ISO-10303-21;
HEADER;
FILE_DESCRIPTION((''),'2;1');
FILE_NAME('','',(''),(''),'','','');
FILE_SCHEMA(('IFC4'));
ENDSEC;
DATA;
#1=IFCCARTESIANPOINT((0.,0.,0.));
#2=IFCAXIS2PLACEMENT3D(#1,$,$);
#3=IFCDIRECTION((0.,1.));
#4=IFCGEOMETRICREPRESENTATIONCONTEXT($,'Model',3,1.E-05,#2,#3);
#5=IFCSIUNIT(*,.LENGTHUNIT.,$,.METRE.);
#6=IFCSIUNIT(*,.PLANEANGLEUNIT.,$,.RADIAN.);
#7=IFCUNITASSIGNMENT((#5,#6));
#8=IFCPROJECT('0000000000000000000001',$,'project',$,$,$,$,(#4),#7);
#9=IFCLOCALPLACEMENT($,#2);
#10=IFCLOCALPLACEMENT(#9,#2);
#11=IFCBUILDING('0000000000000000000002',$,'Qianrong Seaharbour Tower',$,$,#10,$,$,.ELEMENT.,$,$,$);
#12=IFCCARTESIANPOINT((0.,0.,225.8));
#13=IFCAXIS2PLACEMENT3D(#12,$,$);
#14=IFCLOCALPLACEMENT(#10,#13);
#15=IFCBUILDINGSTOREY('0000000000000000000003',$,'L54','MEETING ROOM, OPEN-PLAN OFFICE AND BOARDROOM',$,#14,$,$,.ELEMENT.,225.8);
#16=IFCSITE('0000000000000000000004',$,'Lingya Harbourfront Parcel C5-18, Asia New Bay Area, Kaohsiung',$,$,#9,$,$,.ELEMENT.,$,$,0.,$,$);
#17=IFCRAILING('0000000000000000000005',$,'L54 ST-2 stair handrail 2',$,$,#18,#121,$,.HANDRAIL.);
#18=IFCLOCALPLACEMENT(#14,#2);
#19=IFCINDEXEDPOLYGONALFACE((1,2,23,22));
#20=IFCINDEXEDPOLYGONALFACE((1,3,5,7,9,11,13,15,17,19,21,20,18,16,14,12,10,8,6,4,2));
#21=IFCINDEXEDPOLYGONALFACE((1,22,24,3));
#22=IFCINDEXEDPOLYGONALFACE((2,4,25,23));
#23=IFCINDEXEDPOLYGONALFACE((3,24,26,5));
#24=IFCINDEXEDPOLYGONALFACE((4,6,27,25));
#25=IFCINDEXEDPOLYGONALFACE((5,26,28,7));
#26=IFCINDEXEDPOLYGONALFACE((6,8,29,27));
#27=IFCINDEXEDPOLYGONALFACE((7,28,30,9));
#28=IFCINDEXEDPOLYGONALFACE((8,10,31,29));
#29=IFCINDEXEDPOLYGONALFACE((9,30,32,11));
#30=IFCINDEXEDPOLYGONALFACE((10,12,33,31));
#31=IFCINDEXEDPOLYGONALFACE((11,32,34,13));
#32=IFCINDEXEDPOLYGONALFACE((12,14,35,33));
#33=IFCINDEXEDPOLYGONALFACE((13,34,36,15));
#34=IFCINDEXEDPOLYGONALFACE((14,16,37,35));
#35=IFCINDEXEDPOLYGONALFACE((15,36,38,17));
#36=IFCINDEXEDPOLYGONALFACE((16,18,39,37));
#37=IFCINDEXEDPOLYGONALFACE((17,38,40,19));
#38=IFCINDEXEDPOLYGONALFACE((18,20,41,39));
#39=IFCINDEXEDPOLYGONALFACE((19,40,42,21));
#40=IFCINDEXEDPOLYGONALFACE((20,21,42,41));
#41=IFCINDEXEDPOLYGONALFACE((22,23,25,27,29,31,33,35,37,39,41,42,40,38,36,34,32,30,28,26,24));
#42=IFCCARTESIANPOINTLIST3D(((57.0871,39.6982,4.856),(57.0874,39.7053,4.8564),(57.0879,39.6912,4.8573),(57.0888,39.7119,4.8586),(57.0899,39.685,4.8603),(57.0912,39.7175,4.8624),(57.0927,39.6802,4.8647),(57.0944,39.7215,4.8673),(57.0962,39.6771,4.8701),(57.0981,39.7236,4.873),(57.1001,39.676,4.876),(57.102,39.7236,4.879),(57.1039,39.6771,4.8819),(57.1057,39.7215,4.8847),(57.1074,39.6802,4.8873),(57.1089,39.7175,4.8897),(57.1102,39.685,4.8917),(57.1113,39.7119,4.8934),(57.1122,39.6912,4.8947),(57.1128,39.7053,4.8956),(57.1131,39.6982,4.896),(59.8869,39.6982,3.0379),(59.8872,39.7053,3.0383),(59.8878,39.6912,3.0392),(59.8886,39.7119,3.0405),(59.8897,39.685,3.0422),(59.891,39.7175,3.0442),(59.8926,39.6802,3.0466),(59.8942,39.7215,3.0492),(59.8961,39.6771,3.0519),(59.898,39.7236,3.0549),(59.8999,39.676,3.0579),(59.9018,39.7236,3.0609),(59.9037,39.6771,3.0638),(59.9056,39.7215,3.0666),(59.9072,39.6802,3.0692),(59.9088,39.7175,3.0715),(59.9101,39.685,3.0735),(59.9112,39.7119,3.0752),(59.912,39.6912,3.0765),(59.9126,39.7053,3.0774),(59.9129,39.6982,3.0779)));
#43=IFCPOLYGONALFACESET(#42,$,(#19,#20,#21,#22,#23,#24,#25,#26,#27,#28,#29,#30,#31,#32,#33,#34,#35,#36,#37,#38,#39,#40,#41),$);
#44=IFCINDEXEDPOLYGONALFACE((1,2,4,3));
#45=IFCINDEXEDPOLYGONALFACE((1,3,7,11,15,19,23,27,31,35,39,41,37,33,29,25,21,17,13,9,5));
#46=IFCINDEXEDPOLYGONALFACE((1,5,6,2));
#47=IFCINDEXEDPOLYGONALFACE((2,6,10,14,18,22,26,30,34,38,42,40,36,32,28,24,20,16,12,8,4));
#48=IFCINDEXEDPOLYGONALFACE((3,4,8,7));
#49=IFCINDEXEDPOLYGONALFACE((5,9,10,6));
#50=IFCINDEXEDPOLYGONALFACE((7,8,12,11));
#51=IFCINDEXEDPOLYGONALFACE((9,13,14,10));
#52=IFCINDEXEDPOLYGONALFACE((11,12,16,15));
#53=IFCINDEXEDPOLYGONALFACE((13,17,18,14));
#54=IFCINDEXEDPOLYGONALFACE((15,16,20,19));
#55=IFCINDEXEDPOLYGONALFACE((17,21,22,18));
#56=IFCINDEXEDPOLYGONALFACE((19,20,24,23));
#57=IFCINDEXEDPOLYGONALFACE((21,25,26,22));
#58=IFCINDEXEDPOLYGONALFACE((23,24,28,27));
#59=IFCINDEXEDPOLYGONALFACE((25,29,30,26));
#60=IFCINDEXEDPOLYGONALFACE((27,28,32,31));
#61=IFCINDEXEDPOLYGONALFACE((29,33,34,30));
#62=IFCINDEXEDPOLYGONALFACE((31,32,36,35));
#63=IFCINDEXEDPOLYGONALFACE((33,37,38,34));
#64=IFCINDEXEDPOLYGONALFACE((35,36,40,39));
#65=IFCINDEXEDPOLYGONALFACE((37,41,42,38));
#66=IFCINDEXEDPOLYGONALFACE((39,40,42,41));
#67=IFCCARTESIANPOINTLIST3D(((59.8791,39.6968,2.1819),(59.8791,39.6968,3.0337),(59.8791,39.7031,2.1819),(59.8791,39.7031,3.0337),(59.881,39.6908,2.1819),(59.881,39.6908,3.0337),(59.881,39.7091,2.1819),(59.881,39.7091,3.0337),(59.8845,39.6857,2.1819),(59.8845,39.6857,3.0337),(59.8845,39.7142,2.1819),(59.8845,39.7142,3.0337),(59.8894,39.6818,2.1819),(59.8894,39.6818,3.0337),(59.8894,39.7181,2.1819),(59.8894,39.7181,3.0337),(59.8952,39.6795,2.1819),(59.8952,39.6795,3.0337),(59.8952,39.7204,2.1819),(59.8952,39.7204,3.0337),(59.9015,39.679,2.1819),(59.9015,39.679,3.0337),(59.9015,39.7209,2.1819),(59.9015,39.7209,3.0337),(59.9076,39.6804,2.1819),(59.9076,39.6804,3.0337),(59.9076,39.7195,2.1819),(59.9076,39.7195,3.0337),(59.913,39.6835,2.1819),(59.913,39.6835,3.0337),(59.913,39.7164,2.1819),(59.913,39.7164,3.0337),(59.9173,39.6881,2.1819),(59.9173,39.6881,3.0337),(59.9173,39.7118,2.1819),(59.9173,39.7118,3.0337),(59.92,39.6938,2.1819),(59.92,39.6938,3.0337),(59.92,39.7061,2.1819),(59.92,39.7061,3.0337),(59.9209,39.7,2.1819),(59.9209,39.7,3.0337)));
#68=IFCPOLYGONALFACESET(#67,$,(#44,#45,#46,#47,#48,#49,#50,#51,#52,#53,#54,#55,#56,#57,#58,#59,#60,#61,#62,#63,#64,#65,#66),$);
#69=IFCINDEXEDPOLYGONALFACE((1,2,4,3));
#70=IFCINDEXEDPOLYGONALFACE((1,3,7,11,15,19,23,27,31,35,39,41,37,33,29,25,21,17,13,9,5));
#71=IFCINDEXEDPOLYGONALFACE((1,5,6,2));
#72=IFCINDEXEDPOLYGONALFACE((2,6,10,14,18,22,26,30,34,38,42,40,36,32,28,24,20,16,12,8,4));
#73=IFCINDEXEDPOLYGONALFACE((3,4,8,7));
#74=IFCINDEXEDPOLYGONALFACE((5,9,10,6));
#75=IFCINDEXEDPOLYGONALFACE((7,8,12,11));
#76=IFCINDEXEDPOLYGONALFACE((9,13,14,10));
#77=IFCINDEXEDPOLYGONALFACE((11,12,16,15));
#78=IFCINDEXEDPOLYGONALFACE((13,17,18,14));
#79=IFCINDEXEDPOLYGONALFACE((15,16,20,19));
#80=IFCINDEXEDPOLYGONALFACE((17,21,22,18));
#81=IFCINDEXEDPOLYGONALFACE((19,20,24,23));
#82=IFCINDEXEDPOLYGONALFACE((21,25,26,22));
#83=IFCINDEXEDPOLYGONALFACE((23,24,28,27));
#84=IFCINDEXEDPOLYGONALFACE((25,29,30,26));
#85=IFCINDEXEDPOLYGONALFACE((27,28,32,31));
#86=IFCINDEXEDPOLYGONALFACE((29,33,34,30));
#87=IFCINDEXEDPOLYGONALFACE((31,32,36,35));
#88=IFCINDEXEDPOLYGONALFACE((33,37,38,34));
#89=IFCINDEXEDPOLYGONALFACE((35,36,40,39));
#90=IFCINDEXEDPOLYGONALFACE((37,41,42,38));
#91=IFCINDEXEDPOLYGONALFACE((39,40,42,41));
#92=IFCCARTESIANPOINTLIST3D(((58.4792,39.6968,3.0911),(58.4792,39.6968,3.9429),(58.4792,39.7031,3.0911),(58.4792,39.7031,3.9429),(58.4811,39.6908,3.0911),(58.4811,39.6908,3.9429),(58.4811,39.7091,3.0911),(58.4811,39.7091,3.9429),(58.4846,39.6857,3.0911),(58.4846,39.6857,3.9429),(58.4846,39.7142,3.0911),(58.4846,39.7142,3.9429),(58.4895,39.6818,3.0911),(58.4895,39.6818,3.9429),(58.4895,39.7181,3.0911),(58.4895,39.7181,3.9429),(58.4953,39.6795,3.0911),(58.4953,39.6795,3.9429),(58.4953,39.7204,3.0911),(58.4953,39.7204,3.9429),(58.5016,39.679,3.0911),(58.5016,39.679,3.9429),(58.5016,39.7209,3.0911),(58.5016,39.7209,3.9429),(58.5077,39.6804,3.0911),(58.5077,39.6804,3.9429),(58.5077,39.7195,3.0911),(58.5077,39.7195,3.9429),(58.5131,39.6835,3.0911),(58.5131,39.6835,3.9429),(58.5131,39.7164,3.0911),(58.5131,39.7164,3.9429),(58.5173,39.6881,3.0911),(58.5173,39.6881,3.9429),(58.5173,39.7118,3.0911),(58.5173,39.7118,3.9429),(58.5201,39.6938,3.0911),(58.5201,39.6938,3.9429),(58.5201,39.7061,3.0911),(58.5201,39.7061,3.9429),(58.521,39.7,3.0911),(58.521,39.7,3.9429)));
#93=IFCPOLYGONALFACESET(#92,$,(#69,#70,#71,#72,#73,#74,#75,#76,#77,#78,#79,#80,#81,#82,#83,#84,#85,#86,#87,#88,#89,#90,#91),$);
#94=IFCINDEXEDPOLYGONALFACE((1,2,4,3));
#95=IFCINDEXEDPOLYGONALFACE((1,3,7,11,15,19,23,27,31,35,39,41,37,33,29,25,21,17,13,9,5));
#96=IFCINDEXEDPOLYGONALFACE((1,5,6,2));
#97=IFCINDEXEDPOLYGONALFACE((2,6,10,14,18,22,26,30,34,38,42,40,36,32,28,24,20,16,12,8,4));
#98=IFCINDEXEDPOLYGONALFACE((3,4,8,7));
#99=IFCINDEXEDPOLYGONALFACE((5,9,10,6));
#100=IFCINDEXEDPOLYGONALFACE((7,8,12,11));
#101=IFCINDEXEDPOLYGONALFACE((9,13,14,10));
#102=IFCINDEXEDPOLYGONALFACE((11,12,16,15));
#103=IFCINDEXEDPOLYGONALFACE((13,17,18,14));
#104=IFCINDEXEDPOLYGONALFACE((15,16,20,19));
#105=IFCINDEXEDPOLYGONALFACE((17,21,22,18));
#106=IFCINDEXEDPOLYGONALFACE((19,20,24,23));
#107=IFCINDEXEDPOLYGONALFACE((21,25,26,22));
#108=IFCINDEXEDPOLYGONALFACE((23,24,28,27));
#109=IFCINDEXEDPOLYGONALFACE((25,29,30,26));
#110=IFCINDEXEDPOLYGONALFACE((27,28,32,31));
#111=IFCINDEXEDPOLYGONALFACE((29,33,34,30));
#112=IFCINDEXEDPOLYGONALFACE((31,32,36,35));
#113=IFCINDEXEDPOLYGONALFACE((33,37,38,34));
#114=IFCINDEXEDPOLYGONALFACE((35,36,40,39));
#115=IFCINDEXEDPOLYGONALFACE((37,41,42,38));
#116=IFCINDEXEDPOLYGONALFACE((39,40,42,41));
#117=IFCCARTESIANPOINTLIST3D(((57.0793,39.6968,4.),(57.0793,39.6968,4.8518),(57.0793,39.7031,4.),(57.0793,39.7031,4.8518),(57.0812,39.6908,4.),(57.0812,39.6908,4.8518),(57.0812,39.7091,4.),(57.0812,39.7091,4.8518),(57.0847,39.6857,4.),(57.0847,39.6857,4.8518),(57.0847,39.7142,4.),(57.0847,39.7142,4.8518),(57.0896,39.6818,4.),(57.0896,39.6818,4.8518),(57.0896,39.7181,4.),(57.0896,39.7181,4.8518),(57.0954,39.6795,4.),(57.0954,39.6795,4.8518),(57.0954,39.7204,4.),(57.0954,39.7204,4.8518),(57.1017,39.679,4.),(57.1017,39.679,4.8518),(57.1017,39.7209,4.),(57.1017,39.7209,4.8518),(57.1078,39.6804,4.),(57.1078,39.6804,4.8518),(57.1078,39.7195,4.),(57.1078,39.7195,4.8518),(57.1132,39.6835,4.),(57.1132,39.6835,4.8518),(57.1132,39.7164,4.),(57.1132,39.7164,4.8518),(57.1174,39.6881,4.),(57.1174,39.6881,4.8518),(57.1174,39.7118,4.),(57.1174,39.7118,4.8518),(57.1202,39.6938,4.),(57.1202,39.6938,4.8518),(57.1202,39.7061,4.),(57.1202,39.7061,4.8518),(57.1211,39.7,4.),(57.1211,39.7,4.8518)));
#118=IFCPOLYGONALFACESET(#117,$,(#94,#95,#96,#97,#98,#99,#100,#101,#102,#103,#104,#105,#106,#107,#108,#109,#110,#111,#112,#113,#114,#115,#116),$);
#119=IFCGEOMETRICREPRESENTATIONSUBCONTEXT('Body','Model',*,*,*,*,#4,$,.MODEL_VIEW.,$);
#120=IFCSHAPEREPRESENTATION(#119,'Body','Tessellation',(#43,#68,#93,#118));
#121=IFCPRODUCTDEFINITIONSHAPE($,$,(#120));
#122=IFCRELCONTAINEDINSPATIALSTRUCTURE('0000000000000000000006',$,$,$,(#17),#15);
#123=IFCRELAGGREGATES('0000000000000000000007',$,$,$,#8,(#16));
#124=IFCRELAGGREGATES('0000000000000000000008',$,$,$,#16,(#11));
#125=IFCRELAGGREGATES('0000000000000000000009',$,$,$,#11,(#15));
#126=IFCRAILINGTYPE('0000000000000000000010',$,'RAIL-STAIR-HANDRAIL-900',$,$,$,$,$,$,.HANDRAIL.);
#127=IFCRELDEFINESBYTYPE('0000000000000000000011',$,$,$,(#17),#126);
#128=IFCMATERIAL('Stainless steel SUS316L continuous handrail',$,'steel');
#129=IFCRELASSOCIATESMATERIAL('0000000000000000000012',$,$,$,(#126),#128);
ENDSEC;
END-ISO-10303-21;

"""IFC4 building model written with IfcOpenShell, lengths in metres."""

from ifc_helpers import new_model, si_unit, direction, frame, origin, origin_2d, place, context, subcontext, project, spatial, circle, extrude, material, type_object, element, save


model = new_model("IFC4")

# Units and contexts
model_context = context("Model", 3, precision=1e-05, world=origin(), true_north=direction((0.0, 1.0)))
body_context = subcontext(model_context, "Body", "Model", "MODEL_VIEW")
ifc_project = project(units=[si_unit("LENGTHUNIT", "METRE"), si_unit("PLANEANGLEUNIT", "RADIAN")], contexts=[model_context])

# Site, building, storey
site_placement = place(None, origin())
site = spatial("IfcSite", under=ifc_project, at=site_placement, Name="Lingya Harbourfront Parcel C5-18, Asia New Bay Area, Kaohsiung", CompositionType="ELEMENT", RefElevation=0.0)
building_placement = place(site_placement, origin())
building = spatial("IfcBuilding", under=site, at=building_placement, Name="Qianrong Seaharbour Tower", CompositionType="ELEMENT")
storey_placement = place(building_placement, frame((0.0, 0.0, 225.8)))
storey = spatial("IfcBuildingStorey", under=building, at=storey_placement, Name="L54", Description="MEETING ROOM, OPEN-PLAN OFFICE AND BOARDROOM", CompositionType="ELEMENT", Elevation=225.8)

# Railing
ifc_material_1 = material(Name="Stainless steel SUS316L continuous handrail", Category="steel")
railing_type_1 = type_object("IfcRailingType", Name="RAIL-STAIR-HANDRAIL-900", PredefinedType="HANDRAIL", material=ifc_material_1)
railing_1_placement = place(storey_placement, frame((59.8999, 39.7, 2.1819)))
element("IfcRailing", 1, at=railing_1_placement, inside=storey, type_object=railing_type_1, Name="L54 ST-2 stair handrail 2", PredefinedType="HANDRAIL", context=body_context, shape_type="SweptSolid", body=[
    extrude(circle(Radius=0.0239, at=origin_2d()), frame((0.0, 0.0, 0.876), z_axis=(-0.838684, 0.0, 0.544618), x_axis=(0.0, -1.0, 0.0)), (0.0, 0.0, 1.0), 3.3384),
    extrude(circle(Radius=0.021, at=origin_2d()), origin(), (0.0, 0.0, 1.0), 0.8518),
    extrude(circle(Radius=0.021, at=origin_2d()), frame((-1.3999, 0.0, 0.9092)), (0.0, 0.0, 1.0), 0.8518),
    extrude(circle(Radius=0.021, at=origin_2d()), frame((-2.7998, 0.0, 1.8181)), (0.0, 0.0, 1.0), 0.8518),
])

save(model, "model.ifc")
